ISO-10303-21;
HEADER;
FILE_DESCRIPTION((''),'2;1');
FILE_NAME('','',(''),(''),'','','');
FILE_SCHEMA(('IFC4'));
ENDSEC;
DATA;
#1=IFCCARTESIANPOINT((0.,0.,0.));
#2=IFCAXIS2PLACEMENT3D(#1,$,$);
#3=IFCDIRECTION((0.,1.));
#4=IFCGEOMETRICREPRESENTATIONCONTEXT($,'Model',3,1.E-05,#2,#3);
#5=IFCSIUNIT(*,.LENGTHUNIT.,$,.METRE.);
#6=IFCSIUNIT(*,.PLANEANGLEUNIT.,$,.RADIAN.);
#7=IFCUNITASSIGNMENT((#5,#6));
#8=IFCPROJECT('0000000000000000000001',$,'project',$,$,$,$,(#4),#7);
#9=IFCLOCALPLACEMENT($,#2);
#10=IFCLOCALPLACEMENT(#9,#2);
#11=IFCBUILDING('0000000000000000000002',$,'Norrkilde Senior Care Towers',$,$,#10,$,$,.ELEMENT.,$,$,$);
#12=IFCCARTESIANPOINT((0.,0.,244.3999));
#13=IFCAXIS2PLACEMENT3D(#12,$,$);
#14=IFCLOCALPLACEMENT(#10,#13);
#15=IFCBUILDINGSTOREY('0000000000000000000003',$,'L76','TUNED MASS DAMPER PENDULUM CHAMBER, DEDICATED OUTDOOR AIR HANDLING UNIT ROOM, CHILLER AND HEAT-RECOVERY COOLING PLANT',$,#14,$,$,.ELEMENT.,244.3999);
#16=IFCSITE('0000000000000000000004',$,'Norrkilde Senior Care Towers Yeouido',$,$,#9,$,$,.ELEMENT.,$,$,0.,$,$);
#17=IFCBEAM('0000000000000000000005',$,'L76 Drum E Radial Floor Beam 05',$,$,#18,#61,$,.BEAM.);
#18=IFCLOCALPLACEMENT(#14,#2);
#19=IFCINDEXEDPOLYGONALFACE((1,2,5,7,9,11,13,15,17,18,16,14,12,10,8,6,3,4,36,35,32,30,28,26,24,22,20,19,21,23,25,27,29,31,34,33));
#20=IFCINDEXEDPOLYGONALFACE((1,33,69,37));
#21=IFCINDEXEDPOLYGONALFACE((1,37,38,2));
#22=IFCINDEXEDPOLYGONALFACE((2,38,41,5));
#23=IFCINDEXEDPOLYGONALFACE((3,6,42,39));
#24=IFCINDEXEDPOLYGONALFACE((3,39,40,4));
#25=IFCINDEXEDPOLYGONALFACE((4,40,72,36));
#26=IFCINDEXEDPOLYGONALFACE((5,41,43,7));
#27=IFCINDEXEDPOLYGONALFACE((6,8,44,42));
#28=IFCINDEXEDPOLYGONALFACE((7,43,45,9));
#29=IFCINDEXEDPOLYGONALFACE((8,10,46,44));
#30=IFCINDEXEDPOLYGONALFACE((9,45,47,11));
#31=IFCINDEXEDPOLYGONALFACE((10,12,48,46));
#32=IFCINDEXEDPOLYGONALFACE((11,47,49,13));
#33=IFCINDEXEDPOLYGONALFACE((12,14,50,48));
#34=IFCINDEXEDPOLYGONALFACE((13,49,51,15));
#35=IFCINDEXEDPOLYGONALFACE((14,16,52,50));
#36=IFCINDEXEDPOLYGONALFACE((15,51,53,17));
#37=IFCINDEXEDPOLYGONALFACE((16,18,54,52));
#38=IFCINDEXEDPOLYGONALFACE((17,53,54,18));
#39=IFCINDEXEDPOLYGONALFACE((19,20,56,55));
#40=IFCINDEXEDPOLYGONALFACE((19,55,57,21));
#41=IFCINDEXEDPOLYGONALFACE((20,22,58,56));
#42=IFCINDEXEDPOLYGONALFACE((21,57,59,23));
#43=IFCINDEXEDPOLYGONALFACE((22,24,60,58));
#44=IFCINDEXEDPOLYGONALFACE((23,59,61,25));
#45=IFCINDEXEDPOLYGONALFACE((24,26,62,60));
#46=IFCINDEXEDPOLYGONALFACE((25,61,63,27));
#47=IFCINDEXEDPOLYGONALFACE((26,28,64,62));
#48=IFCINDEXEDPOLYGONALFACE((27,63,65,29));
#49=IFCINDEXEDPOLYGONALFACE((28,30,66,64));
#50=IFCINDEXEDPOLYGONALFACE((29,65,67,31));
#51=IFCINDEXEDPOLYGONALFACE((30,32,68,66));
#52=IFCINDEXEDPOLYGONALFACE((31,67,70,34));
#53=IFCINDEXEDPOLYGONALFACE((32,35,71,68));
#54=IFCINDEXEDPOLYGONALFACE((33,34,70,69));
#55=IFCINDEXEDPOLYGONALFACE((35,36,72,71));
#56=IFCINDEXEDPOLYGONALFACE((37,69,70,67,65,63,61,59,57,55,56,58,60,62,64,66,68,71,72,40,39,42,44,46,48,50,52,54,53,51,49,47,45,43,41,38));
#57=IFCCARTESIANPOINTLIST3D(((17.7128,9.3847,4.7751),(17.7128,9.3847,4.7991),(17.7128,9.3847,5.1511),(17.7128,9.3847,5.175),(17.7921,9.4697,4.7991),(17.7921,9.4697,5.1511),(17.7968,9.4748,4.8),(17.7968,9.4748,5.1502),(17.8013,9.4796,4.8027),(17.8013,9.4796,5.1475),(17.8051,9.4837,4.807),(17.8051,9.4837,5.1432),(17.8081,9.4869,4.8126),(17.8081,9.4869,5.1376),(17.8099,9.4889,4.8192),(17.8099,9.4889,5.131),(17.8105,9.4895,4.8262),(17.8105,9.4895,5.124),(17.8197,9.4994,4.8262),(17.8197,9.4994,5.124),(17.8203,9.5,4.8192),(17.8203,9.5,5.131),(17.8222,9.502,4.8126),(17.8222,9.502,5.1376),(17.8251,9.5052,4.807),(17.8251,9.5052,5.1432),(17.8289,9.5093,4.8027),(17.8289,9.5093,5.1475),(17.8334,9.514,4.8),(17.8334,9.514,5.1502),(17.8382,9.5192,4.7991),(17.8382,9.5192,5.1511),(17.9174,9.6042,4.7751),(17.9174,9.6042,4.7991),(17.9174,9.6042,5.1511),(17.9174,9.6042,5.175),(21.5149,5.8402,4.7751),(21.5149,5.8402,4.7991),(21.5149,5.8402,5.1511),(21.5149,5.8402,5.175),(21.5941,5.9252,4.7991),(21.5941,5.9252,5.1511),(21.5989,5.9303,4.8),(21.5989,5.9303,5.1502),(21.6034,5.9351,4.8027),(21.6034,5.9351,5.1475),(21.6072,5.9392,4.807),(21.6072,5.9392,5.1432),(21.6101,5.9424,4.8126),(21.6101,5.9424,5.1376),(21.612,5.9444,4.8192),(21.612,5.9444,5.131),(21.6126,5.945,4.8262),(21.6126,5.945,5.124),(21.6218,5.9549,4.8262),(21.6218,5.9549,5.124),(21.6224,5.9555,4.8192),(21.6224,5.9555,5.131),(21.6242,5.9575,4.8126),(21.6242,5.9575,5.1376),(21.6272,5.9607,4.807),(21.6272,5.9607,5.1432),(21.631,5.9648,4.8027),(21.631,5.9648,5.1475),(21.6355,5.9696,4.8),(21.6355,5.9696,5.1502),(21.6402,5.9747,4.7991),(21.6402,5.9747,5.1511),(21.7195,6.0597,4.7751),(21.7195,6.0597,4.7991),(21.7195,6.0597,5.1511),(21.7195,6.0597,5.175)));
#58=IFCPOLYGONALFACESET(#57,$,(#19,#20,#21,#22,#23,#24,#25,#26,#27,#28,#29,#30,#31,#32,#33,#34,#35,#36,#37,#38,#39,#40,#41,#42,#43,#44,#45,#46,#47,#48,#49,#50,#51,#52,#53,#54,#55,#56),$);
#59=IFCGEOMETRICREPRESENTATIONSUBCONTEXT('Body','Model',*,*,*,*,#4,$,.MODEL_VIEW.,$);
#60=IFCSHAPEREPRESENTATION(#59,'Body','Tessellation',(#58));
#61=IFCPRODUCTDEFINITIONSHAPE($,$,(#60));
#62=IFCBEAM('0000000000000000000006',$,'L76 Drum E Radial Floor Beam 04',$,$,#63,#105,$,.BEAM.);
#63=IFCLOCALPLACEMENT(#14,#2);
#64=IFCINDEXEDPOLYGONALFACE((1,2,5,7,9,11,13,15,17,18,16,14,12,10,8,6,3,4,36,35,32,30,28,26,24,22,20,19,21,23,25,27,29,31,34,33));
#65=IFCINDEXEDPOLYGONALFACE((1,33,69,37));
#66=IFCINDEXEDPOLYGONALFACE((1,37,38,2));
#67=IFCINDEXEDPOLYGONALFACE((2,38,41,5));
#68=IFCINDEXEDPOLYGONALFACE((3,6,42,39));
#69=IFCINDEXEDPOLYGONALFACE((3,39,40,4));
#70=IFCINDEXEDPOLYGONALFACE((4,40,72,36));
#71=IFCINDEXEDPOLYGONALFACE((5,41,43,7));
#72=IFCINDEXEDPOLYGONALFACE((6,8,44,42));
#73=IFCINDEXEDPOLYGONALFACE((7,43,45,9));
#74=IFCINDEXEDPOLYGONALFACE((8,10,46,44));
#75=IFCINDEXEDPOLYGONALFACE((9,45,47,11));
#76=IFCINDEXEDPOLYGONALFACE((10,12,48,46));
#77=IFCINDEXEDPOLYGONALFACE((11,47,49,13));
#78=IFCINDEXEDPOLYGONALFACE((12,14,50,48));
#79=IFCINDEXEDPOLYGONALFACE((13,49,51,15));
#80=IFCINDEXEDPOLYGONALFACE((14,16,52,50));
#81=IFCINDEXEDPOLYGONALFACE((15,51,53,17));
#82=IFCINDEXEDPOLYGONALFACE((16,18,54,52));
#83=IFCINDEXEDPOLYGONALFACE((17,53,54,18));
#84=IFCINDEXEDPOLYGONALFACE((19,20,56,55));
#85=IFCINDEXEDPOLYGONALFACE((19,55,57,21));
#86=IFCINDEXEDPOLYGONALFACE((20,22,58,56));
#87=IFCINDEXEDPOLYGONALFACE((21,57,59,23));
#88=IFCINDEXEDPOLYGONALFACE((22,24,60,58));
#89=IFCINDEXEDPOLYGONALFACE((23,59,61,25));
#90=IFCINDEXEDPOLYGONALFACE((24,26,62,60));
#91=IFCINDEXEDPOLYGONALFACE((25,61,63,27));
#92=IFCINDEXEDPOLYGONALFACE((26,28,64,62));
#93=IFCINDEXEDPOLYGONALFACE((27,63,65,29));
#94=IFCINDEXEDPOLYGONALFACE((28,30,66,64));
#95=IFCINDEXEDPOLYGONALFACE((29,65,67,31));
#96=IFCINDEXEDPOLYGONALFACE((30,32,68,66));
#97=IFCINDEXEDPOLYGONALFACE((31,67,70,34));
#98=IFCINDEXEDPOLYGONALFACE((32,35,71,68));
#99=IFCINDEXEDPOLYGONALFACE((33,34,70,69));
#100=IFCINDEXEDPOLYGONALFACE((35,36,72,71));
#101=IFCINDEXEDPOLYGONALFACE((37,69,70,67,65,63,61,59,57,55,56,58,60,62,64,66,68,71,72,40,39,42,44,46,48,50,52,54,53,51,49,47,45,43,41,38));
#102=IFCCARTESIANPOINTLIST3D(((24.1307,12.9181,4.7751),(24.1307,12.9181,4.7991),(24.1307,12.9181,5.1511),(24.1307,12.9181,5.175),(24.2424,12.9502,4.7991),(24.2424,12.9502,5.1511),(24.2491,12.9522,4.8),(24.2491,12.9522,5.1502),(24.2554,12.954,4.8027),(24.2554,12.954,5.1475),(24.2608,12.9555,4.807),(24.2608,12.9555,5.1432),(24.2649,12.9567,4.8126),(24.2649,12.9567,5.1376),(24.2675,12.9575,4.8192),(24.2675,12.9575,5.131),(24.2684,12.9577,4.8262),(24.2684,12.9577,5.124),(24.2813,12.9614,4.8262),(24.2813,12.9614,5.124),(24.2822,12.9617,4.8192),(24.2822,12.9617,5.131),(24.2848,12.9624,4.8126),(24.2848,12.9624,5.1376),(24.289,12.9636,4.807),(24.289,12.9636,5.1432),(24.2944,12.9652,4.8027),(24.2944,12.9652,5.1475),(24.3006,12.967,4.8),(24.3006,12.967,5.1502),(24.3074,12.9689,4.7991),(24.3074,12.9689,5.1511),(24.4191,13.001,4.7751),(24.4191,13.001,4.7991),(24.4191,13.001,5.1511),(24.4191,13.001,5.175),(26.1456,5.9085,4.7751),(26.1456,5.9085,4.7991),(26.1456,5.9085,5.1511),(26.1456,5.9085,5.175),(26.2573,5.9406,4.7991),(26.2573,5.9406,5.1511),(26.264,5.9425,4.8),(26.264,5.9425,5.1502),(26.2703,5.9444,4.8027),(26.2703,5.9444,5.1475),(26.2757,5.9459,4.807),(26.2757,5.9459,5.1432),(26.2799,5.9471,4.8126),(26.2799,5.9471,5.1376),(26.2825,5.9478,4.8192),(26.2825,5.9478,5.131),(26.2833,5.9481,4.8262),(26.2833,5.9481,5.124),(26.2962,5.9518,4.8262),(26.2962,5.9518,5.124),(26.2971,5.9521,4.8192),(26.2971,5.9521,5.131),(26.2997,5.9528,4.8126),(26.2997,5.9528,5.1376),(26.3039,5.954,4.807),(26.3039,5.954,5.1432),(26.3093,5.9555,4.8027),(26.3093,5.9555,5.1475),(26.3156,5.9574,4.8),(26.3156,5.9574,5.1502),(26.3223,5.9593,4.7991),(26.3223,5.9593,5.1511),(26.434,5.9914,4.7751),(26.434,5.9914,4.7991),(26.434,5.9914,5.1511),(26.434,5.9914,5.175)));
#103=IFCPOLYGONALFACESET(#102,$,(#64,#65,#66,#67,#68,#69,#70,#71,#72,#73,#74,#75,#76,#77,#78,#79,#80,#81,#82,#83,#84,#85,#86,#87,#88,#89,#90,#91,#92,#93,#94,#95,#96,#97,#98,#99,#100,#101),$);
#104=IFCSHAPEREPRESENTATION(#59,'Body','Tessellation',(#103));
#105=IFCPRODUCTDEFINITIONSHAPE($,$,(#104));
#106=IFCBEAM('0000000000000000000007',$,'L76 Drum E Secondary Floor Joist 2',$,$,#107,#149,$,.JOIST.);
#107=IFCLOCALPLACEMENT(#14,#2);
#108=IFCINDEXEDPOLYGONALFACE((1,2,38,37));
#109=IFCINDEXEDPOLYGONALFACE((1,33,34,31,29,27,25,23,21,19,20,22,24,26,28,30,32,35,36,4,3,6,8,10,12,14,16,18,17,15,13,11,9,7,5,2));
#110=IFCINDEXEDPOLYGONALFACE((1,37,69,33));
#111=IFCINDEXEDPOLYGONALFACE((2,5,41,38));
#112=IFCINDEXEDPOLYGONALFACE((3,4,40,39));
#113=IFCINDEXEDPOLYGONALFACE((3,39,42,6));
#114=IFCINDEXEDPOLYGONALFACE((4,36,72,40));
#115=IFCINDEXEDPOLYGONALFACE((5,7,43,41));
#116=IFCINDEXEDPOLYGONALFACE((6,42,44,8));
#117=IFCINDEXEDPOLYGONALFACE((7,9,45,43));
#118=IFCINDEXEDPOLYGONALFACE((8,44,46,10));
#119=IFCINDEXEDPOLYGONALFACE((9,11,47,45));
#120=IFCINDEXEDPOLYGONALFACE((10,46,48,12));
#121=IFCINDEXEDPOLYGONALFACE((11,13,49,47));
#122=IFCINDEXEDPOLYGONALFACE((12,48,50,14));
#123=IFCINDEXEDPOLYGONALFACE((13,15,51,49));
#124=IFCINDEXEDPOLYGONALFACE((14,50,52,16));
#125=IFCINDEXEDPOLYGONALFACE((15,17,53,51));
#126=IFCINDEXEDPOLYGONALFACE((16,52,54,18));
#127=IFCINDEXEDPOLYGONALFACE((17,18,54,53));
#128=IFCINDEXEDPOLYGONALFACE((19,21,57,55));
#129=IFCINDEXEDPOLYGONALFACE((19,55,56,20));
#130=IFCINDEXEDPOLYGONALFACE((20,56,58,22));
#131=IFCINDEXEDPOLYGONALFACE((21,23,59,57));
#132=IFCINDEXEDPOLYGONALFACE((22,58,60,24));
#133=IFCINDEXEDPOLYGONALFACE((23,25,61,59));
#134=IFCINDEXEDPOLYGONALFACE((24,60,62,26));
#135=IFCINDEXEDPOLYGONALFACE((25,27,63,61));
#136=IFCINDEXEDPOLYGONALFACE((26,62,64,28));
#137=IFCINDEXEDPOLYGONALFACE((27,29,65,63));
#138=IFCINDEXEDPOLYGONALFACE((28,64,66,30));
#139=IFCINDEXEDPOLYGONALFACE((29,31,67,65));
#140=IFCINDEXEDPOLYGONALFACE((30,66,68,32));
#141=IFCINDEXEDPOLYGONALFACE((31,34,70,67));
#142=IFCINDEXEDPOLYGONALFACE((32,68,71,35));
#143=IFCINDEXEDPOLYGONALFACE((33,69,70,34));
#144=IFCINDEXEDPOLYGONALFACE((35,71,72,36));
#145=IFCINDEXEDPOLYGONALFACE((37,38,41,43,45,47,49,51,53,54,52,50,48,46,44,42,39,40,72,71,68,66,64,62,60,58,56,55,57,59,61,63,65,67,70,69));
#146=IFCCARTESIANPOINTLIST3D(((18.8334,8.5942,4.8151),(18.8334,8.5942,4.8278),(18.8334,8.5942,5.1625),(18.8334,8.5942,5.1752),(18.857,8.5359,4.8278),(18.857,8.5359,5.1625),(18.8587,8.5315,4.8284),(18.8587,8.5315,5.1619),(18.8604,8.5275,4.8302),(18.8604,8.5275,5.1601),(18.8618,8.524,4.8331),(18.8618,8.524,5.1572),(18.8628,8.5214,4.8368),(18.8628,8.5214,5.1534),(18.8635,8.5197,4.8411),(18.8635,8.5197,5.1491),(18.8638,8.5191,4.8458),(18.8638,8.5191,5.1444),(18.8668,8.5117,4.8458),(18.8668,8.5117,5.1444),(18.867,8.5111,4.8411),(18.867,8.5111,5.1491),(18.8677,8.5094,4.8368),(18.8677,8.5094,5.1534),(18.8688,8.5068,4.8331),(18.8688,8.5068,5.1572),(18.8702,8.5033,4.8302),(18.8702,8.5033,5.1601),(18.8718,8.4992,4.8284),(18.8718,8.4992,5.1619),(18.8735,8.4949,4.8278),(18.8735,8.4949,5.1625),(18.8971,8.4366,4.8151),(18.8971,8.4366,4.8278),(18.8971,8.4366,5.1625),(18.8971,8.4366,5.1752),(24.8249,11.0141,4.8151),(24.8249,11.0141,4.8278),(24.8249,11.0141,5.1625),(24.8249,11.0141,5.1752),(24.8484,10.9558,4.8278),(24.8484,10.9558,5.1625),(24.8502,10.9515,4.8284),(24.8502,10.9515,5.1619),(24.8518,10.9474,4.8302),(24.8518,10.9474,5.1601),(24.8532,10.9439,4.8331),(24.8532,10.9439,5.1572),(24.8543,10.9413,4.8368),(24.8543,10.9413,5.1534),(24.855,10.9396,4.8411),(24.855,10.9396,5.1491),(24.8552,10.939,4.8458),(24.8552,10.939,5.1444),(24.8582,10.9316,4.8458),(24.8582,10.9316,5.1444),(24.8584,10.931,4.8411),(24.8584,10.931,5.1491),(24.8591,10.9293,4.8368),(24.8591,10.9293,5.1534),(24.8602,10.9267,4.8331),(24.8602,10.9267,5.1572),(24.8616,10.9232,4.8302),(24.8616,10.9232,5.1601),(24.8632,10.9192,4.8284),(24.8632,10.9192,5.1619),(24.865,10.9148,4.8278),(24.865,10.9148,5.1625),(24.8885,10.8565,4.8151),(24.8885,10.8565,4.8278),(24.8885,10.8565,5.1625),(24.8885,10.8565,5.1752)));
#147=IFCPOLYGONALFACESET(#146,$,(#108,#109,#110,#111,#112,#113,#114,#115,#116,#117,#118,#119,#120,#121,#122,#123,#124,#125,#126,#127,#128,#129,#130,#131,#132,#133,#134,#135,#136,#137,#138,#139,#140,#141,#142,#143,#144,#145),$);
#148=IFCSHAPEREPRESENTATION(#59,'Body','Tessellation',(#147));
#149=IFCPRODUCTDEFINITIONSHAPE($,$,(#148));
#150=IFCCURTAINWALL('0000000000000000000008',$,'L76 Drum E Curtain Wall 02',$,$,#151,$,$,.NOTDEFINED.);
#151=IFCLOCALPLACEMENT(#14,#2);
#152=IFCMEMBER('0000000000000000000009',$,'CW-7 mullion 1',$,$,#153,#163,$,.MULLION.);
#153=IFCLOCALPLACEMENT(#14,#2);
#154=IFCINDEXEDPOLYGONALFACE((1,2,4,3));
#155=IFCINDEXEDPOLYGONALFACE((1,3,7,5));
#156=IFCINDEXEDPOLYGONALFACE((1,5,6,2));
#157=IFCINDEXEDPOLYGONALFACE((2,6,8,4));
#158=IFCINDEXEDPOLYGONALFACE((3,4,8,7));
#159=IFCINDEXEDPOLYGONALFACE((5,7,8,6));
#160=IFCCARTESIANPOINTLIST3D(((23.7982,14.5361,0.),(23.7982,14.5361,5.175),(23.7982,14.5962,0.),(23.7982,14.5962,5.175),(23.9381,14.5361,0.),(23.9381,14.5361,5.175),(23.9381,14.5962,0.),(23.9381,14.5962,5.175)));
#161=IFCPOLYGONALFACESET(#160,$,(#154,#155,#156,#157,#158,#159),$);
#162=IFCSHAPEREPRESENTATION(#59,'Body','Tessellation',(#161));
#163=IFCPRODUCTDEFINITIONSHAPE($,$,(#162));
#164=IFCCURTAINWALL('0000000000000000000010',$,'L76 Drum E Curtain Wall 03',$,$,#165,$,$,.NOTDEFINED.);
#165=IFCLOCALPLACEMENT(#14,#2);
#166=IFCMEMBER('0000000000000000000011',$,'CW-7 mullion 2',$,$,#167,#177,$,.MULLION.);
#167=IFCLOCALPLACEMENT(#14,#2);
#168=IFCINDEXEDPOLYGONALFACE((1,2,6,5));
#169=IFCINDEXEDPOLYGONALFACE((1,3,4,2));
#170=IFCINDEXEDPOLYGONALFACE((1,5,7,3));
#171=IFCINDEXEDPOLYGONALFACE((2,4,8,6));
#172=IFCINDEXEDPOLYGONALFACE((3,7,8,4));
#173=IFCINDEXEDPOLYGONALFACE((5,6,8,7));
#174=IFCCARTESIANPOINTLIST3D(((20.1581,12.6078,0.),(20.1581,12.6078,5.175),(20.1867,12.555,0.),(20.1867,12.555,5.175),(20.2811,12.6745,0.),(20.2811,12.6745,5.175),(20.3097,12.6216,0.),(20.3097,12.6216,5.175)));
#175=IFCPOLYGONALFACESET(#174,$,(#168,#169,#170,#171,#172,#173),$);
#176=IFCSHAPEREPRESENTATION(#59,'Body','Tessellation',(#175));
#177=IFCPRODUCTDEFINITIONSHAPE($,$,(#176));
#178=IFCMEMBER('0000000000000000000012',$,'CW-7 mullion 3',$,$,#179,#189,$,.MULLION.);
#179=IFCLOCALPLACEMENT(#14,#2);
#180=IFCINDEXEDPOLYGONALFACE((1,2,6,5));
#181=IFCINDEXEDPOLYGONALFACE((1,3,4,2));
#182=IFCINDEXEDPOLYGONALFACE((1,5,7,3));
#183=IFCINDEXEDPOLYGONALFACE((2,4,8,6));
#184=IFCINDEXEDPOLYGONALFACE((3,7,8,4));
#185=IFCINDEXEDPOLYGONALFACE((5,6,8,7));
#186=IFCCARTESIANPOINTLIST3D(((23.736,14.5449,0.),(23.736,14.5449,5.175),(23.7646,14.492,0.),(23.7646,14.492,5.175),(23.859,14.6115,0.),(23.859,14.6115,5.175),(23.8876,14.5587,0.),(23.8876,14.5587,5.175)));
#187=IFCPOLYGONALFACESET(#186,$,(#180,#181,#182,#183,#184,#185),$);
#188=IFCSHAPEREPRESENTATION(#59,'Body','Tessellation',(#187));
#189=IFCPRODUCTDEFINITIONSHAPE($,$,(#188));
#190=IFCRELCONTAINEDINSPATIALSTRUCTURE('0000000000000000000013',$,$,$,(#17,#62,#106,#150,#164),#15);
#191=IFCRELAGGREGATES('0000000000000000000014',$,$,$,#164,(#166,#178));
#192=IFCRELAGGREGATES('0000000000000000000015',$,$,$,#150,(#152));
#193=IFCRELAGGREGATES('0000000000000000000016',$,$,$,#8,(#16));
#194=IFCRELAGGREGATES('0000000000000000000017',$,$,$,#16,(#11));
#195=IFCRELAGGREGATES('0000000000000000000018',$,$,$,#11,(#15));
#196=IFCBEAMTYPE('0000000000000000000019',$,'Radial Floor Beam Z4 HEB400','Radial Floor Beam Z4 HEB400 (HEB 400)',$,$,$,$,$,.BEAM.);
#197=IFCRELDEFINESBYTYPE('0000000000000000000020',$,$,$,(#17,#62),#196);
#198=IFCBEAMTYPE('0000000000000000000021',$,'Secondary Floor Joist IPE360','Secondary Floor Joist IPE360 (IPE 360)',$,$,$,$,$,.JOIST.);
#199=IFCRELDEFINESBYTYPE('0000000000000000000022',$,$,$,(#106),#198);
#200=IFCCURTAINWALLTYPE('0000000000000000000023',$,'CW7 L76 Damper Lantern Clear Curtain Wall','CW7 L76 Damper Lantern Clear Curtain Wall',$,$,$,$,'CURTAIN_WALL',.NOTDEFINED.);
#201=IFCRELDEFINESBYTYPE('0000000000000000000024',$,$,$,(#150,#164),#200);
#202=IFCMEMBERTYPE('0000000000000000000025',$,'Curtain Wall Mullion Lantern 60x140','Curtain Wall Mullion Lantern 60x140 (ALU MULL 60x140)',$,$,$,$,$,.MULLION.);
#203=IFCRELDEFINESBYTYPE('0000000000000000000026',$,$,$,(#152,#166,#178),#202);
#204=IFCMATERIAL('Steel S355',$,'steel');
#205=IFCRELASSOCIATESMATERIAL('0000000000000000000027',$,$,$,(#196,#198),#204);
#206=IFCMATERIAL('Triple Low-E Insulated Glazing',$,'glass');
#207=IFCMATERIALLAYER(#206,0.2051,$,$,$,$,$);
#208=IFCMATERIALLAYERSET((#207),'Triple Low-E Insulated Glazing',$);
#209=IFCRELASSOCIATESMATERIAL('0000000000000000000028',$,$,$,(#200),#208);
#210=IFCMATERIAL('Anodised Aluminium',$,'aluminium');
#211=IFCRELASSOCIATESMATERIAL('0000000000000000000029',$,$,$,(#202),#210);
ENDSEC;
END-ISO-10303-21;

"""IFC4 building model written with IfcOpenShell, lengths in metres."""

from ifc_helpers import new_model, si_unit, direction, frame, origin, origin_2d, place, context, subcontext, project, spatial, rectangle, i_section, extrude, source, transform, mapped, material, layer, layer_set, material_profile, profile_set, type_object, type_shapes, element, aggregate, save


model = new_model("IFC4")

# Units and contexts
model_context = context("Model", 3, precision=1e-05, world=origin(), true_north=direction((0.0, 1.0)))
body_context = subcontext(model_context, "Body", "Model", "MODEL_VIEW")
ifc_project = project(units=[si_unit("LENGTHUNIT", "METRE"), si_unit("PLANEANGLEUNIT", "RADIAN")], contexts=[model_context])

# Site, building, storey
site_placement = place(None, origin())
site = spatial("IfcSite", under=ifc_project, at=site_placement, Name="Norrkilde Senior Care Towers Yeouido", CompositionType="ELEMENT", RefElevation=0.0)
building_placement = place(site_placement, origin())
building = spatial("IfcBuilding", under=site, at=building_placement, Name="Norrkilde Senior Care Towers", CompositionType="ELEMENT")
storey_placement = place(building_placement, frame((0.0, 0.0, 244.3999)))
storey = spatial("IfcBuildingStorey", under=building, at=storey_placement, Name="L76", Description="TUNED MASS DAMPER PENDULUM CHAMBER, DEDICATED OUTDOOR AIR HANDLING UNIT ROOM, CHILLER AND HEAT-RECOVERY COOLING PLANT", CompositionType="ELEMENT", Elevation=244.3999)

# Beams
ifc_material_1 = material(Name="Steel S355", Category="steel")
ifc_material_profile_1 = material_profile(ifc_material_1, i_section(OverallWidth=0.3, OverallDepth=0.3999, WebThickness=0.0134, FlangeThickness=0.0239, FilletRadius=0.0271, at=origin_2d()), Name="HEB 400")
ifc_profile_set_1 = profile_set([ifc_material_profile_1], Name="Steel S355")
beam_type_1 = type_object("IfcBeamType", Name="Radial Floor Beam Z4 HEB400", Description="Radial Floor Beam Z4 HEB400 (HEB 400)", PredefinedType="BEAM", material=ifc_profile_set_1)
shared_shape_1 = source(origin(), body_context, "Body", "SweptSolid", [
    extrude(i_section(OverallWidth=0.3, OverallDepth=0.3999, WebThickness=0.0134, FlangeThickness=0.0239, FilletRadius=0.0271, at=origin_2d()), origin(), (0.0, 0.0, 1.0), 5.198),
])
beam_1_placement = place(storey_placement, frame((21.6172, 5.95, 4.9751), z_axis=(-0.731449, 0.681896, 0.0), x_axis=(-0.681896, -0.731449, 0.0)))
element("IfcBeam", 1, at=beam_1_placement, inside=storey, type_object=beam_type_1, Name="L76 Drum E Radial Floor Beam 05", PredefinedType="BEAM", context=body_context, shape_type="MappedRepresentation", body=[
    mapped(shared_shape_1, transform((0.0, 0.0, 0.0), x_axis=(1.0, 0.0, 0.0), y_axis=(0.0, 1.0, 0.0), z_axis=(0.0, 0.0, 1.0), scale=1.0)),
])
shared_shape_2 = source(origin(), body_context, "Body", "SweptSolid", [
    extrude(i_section(OverallWidth=0.3, OverallDepth=0.3999, WebThickness=0.0134, FlangeThickness=0.0239, FilletRadius=0.0271, at=origin_2d()), origin(), (0.0, 0.0, 1.0), 7.2935),
])
beam_2_placement = place(storey_placement, frame((26.2898, 5.95, 4.9751), z_axis=(-0.276264, 0.961082, 0.0), x_axis=(-0.961082, -0.276264, 0.0)))
element("IfcBeam", 2, at=beam_2_placement, inside=storey, type_object=beam_type_1, Name="L76 Drum E Radial Floor Beam 04", PredefinedType="BEAM", context=body_context, shape_type="MappedRepresentation", body=[
    mapped(shared_shape_2, transform((0.0, 0.0, 0.0), x_axis=(1.0, 0.0, 0.0), y_axis=(0.0, 1.0, 0.0), z_axis=(0.0, 0.0, 1.0), scale=1.0)),
])
ifc_material_profile_2 = material_profile(ifc_material_1, i_section(OverallWidth=0.1699, OverallDepth=0.3601, WebThickness=0.0081, FlangeThickness=0.0127, FilletRadius=0.0181, at=origin_2d()), Name="IPE 360")
ifc_profile_set_2 = profile_set([ifc_material_profile_2], Name="Steel S355")
beam_type_2 = type_object("IfcBeamType", Name="Secondary Floor Joist IPE360", Description="Secondary Floor Joist IPE360 (IPE 360)", PredefinedType="JOIST", material=ifc_profile_set_2)
shared_shape_3 = source(origin(), body_context, "Body", "SweptSolid", [
    extrude(i_section(OverallWidth=0.1699, OverallDepth=0.3601, WebThickness=0.0081, FlangeThickness=0.0127, FilletRadius=0.0181, at=origin_2d()), origin(), (0.0, 0.0, 1.0), 6.4617),
])
type_shapes(beam_type_2, [shared_shape_3])
beam_3_placement = place(storey_placement, frame((24.8567, 10.9353, 4.9951), z_axis=(-0.927226, -0.374502, 0.0), x_axis=(0.374502, -0.927226, 0.0)))
element("IfcBeam", 3, at=beam_3_placement, inside=storey, type_object=beam_type_2, Name="L76 Drum E Secondary Floor Joist 2", PredefinedType="JOIST", context=body_context, shape_type="MappedRepresentation", body=[
    mapped(shared_shape_3, transform((0.0, 0.0, 0.0), x_axis=(1.0, 0.0, 0.0), y_axis=(0.0, 1.0, 0.0), z_axis=(0.0, 0.0, 1.0), scale=1.0)),
])

# Curtain wall, member
ifc_material_2 = material(Name="Triple Low-E Insulated Glazing", Category="glass")
ifc_layer_1 = layer(ifc_material_2, 0.2051)
ifc_layer_set_1 = layer_set([ifc_layer_1], Name="Triple Low-E Insulated Glazing")
curtain_wall_type = type_object("IfcCurtainWallType", Name="CW7 L76 Damper Lantern Clear Curtain Wall", Description="CW7 L76 Damper Lantern Clear Curtain Wall", ElementType="CURTAIN_WALL", PredefinedType="NOTDEFINED", material=ifc_layer_set_1)
curtain_wall_1_placement = place(storey_placement, origin())
curtain_wall_1 = element("IfcCurtainWall", 4, at=curtain_wall_1_placement, inside=storey, type_object=curtain_wall_type, Name="L76 Drum E Curtain Wall 02", PredefinedType="NOTDEFINED")
ifc_material_3 = material(Name="Anodised Aluminium", Category="aluminium")
ifc_material_profile_3 = material_profile(ifc_material_3, rectangle(XDim=0.0601, YDim=0.1399, at=origin_2d()), Name="ALU MULL 60x140")
ifc_profile_set_3 = profile_set([ifc_material_profile_3], Name="Anodised Aluminium")
member_type_1 = type_object("IfcMemberType", Name="Curtain Wall Mullion Lantern 60x140", Description="Curtain Wall Mullion Lantern 60x140 (ALU MULL 60x140)", PredefinedType="MULLION", material=ifc_profile_set_3)
shared_shape_4 = source(origin(), body_context, "Body", "SweptSolid", [
    extrude(rectangle(XDim=0.0601, YDim=0.1399, at=origin_2d()), origin(), (0.0, 0.0, 1.0), 5.175),
])
type_shapes(member_type_1, [shared_shape_4])
member_1_placement = place(storey_placement, frame((23.8682, 14.5662, 0.0), z_axis=(0.0, 0.0, 1.0), x_axis=(0.0, 1.0, 0.0)))
member_1 = element("IfcMember", 5, at=member_1_placement, type_object=member_type_1, Name="CW-7 mullion 1", PredefinedType="MULLION", context=body_context, shape_type="MappedRepresentation", body=[
    mapped(shared_shape_4, transform((0.0, 0.0, 0.0), x_axis=(1.0, 0.0, 0.0), y_axis=(0.0, 1.0, 0.0), z_axis=(0.0, 0.0, 1.0), scale=1.0)),
])

# Curtain wall, members
curtain_wall_2_placement = place(storey_placement, origin())
curtain_wall_2 = element("IfcCurtainWall", 6, at=curtain_wall_2_placement, inside=storey, type_object=curtain_wall_type, Name="L76 Drum E Curtain Wall 03", PredefinedType="NOTDEFINED")
member_2_placement = place(storey_placement, frame((20.2339, 12.6147, 0.0), z_axis=(0.0, 0.0, 1.0), x_axis=(-0.476133, 0.879373, 0.0)))
member_2 = element("IfcMember", 7, at=member_2_placement, type_object=member_type_1, Name="CW-7 mullion 2", PredefinedType="MULLION", context=body_context, shape_type="MappedRepresentation", body=[
    mapped(shared_shape_4, transform((0.0, 0.0, 0.0), x_axis=(1.0, 0.0, 0.0), y_axis=(0.0, 1.0, 0.0), z_axis=(0.0, 0.0, 1.0), scale=1.0)),
])
member_3_placement = place(storey_placement, frame((23.8118, 14.5518, 0.0), z_axis=(0.0, 0.0, 1.0), x_axis=(-0.476133, 0.879373, 0.0)))
member_3 = element("IfcMember", 8, at=member_3_placement, type_object=member_type_1, Name="CW-7 mullion 3", PredefinedType="MULLION", context=body_context, shape_type="MappedRepresentation", body=[
    mapped(shared_shape_4, transform((0.0, 0.0, 0.0), x_axis=(1.0, 0.0, 0.0), y_axis=(0.0, 1.0, 0.0), z_axis=(0.0, 0.0, 1.0), scale=1.0)),
])

aggregate(curtain_wall_2, [member_2, member_3])
aggregate(curtain_wall_1, [member_1])

save(model, "model.ifc")
